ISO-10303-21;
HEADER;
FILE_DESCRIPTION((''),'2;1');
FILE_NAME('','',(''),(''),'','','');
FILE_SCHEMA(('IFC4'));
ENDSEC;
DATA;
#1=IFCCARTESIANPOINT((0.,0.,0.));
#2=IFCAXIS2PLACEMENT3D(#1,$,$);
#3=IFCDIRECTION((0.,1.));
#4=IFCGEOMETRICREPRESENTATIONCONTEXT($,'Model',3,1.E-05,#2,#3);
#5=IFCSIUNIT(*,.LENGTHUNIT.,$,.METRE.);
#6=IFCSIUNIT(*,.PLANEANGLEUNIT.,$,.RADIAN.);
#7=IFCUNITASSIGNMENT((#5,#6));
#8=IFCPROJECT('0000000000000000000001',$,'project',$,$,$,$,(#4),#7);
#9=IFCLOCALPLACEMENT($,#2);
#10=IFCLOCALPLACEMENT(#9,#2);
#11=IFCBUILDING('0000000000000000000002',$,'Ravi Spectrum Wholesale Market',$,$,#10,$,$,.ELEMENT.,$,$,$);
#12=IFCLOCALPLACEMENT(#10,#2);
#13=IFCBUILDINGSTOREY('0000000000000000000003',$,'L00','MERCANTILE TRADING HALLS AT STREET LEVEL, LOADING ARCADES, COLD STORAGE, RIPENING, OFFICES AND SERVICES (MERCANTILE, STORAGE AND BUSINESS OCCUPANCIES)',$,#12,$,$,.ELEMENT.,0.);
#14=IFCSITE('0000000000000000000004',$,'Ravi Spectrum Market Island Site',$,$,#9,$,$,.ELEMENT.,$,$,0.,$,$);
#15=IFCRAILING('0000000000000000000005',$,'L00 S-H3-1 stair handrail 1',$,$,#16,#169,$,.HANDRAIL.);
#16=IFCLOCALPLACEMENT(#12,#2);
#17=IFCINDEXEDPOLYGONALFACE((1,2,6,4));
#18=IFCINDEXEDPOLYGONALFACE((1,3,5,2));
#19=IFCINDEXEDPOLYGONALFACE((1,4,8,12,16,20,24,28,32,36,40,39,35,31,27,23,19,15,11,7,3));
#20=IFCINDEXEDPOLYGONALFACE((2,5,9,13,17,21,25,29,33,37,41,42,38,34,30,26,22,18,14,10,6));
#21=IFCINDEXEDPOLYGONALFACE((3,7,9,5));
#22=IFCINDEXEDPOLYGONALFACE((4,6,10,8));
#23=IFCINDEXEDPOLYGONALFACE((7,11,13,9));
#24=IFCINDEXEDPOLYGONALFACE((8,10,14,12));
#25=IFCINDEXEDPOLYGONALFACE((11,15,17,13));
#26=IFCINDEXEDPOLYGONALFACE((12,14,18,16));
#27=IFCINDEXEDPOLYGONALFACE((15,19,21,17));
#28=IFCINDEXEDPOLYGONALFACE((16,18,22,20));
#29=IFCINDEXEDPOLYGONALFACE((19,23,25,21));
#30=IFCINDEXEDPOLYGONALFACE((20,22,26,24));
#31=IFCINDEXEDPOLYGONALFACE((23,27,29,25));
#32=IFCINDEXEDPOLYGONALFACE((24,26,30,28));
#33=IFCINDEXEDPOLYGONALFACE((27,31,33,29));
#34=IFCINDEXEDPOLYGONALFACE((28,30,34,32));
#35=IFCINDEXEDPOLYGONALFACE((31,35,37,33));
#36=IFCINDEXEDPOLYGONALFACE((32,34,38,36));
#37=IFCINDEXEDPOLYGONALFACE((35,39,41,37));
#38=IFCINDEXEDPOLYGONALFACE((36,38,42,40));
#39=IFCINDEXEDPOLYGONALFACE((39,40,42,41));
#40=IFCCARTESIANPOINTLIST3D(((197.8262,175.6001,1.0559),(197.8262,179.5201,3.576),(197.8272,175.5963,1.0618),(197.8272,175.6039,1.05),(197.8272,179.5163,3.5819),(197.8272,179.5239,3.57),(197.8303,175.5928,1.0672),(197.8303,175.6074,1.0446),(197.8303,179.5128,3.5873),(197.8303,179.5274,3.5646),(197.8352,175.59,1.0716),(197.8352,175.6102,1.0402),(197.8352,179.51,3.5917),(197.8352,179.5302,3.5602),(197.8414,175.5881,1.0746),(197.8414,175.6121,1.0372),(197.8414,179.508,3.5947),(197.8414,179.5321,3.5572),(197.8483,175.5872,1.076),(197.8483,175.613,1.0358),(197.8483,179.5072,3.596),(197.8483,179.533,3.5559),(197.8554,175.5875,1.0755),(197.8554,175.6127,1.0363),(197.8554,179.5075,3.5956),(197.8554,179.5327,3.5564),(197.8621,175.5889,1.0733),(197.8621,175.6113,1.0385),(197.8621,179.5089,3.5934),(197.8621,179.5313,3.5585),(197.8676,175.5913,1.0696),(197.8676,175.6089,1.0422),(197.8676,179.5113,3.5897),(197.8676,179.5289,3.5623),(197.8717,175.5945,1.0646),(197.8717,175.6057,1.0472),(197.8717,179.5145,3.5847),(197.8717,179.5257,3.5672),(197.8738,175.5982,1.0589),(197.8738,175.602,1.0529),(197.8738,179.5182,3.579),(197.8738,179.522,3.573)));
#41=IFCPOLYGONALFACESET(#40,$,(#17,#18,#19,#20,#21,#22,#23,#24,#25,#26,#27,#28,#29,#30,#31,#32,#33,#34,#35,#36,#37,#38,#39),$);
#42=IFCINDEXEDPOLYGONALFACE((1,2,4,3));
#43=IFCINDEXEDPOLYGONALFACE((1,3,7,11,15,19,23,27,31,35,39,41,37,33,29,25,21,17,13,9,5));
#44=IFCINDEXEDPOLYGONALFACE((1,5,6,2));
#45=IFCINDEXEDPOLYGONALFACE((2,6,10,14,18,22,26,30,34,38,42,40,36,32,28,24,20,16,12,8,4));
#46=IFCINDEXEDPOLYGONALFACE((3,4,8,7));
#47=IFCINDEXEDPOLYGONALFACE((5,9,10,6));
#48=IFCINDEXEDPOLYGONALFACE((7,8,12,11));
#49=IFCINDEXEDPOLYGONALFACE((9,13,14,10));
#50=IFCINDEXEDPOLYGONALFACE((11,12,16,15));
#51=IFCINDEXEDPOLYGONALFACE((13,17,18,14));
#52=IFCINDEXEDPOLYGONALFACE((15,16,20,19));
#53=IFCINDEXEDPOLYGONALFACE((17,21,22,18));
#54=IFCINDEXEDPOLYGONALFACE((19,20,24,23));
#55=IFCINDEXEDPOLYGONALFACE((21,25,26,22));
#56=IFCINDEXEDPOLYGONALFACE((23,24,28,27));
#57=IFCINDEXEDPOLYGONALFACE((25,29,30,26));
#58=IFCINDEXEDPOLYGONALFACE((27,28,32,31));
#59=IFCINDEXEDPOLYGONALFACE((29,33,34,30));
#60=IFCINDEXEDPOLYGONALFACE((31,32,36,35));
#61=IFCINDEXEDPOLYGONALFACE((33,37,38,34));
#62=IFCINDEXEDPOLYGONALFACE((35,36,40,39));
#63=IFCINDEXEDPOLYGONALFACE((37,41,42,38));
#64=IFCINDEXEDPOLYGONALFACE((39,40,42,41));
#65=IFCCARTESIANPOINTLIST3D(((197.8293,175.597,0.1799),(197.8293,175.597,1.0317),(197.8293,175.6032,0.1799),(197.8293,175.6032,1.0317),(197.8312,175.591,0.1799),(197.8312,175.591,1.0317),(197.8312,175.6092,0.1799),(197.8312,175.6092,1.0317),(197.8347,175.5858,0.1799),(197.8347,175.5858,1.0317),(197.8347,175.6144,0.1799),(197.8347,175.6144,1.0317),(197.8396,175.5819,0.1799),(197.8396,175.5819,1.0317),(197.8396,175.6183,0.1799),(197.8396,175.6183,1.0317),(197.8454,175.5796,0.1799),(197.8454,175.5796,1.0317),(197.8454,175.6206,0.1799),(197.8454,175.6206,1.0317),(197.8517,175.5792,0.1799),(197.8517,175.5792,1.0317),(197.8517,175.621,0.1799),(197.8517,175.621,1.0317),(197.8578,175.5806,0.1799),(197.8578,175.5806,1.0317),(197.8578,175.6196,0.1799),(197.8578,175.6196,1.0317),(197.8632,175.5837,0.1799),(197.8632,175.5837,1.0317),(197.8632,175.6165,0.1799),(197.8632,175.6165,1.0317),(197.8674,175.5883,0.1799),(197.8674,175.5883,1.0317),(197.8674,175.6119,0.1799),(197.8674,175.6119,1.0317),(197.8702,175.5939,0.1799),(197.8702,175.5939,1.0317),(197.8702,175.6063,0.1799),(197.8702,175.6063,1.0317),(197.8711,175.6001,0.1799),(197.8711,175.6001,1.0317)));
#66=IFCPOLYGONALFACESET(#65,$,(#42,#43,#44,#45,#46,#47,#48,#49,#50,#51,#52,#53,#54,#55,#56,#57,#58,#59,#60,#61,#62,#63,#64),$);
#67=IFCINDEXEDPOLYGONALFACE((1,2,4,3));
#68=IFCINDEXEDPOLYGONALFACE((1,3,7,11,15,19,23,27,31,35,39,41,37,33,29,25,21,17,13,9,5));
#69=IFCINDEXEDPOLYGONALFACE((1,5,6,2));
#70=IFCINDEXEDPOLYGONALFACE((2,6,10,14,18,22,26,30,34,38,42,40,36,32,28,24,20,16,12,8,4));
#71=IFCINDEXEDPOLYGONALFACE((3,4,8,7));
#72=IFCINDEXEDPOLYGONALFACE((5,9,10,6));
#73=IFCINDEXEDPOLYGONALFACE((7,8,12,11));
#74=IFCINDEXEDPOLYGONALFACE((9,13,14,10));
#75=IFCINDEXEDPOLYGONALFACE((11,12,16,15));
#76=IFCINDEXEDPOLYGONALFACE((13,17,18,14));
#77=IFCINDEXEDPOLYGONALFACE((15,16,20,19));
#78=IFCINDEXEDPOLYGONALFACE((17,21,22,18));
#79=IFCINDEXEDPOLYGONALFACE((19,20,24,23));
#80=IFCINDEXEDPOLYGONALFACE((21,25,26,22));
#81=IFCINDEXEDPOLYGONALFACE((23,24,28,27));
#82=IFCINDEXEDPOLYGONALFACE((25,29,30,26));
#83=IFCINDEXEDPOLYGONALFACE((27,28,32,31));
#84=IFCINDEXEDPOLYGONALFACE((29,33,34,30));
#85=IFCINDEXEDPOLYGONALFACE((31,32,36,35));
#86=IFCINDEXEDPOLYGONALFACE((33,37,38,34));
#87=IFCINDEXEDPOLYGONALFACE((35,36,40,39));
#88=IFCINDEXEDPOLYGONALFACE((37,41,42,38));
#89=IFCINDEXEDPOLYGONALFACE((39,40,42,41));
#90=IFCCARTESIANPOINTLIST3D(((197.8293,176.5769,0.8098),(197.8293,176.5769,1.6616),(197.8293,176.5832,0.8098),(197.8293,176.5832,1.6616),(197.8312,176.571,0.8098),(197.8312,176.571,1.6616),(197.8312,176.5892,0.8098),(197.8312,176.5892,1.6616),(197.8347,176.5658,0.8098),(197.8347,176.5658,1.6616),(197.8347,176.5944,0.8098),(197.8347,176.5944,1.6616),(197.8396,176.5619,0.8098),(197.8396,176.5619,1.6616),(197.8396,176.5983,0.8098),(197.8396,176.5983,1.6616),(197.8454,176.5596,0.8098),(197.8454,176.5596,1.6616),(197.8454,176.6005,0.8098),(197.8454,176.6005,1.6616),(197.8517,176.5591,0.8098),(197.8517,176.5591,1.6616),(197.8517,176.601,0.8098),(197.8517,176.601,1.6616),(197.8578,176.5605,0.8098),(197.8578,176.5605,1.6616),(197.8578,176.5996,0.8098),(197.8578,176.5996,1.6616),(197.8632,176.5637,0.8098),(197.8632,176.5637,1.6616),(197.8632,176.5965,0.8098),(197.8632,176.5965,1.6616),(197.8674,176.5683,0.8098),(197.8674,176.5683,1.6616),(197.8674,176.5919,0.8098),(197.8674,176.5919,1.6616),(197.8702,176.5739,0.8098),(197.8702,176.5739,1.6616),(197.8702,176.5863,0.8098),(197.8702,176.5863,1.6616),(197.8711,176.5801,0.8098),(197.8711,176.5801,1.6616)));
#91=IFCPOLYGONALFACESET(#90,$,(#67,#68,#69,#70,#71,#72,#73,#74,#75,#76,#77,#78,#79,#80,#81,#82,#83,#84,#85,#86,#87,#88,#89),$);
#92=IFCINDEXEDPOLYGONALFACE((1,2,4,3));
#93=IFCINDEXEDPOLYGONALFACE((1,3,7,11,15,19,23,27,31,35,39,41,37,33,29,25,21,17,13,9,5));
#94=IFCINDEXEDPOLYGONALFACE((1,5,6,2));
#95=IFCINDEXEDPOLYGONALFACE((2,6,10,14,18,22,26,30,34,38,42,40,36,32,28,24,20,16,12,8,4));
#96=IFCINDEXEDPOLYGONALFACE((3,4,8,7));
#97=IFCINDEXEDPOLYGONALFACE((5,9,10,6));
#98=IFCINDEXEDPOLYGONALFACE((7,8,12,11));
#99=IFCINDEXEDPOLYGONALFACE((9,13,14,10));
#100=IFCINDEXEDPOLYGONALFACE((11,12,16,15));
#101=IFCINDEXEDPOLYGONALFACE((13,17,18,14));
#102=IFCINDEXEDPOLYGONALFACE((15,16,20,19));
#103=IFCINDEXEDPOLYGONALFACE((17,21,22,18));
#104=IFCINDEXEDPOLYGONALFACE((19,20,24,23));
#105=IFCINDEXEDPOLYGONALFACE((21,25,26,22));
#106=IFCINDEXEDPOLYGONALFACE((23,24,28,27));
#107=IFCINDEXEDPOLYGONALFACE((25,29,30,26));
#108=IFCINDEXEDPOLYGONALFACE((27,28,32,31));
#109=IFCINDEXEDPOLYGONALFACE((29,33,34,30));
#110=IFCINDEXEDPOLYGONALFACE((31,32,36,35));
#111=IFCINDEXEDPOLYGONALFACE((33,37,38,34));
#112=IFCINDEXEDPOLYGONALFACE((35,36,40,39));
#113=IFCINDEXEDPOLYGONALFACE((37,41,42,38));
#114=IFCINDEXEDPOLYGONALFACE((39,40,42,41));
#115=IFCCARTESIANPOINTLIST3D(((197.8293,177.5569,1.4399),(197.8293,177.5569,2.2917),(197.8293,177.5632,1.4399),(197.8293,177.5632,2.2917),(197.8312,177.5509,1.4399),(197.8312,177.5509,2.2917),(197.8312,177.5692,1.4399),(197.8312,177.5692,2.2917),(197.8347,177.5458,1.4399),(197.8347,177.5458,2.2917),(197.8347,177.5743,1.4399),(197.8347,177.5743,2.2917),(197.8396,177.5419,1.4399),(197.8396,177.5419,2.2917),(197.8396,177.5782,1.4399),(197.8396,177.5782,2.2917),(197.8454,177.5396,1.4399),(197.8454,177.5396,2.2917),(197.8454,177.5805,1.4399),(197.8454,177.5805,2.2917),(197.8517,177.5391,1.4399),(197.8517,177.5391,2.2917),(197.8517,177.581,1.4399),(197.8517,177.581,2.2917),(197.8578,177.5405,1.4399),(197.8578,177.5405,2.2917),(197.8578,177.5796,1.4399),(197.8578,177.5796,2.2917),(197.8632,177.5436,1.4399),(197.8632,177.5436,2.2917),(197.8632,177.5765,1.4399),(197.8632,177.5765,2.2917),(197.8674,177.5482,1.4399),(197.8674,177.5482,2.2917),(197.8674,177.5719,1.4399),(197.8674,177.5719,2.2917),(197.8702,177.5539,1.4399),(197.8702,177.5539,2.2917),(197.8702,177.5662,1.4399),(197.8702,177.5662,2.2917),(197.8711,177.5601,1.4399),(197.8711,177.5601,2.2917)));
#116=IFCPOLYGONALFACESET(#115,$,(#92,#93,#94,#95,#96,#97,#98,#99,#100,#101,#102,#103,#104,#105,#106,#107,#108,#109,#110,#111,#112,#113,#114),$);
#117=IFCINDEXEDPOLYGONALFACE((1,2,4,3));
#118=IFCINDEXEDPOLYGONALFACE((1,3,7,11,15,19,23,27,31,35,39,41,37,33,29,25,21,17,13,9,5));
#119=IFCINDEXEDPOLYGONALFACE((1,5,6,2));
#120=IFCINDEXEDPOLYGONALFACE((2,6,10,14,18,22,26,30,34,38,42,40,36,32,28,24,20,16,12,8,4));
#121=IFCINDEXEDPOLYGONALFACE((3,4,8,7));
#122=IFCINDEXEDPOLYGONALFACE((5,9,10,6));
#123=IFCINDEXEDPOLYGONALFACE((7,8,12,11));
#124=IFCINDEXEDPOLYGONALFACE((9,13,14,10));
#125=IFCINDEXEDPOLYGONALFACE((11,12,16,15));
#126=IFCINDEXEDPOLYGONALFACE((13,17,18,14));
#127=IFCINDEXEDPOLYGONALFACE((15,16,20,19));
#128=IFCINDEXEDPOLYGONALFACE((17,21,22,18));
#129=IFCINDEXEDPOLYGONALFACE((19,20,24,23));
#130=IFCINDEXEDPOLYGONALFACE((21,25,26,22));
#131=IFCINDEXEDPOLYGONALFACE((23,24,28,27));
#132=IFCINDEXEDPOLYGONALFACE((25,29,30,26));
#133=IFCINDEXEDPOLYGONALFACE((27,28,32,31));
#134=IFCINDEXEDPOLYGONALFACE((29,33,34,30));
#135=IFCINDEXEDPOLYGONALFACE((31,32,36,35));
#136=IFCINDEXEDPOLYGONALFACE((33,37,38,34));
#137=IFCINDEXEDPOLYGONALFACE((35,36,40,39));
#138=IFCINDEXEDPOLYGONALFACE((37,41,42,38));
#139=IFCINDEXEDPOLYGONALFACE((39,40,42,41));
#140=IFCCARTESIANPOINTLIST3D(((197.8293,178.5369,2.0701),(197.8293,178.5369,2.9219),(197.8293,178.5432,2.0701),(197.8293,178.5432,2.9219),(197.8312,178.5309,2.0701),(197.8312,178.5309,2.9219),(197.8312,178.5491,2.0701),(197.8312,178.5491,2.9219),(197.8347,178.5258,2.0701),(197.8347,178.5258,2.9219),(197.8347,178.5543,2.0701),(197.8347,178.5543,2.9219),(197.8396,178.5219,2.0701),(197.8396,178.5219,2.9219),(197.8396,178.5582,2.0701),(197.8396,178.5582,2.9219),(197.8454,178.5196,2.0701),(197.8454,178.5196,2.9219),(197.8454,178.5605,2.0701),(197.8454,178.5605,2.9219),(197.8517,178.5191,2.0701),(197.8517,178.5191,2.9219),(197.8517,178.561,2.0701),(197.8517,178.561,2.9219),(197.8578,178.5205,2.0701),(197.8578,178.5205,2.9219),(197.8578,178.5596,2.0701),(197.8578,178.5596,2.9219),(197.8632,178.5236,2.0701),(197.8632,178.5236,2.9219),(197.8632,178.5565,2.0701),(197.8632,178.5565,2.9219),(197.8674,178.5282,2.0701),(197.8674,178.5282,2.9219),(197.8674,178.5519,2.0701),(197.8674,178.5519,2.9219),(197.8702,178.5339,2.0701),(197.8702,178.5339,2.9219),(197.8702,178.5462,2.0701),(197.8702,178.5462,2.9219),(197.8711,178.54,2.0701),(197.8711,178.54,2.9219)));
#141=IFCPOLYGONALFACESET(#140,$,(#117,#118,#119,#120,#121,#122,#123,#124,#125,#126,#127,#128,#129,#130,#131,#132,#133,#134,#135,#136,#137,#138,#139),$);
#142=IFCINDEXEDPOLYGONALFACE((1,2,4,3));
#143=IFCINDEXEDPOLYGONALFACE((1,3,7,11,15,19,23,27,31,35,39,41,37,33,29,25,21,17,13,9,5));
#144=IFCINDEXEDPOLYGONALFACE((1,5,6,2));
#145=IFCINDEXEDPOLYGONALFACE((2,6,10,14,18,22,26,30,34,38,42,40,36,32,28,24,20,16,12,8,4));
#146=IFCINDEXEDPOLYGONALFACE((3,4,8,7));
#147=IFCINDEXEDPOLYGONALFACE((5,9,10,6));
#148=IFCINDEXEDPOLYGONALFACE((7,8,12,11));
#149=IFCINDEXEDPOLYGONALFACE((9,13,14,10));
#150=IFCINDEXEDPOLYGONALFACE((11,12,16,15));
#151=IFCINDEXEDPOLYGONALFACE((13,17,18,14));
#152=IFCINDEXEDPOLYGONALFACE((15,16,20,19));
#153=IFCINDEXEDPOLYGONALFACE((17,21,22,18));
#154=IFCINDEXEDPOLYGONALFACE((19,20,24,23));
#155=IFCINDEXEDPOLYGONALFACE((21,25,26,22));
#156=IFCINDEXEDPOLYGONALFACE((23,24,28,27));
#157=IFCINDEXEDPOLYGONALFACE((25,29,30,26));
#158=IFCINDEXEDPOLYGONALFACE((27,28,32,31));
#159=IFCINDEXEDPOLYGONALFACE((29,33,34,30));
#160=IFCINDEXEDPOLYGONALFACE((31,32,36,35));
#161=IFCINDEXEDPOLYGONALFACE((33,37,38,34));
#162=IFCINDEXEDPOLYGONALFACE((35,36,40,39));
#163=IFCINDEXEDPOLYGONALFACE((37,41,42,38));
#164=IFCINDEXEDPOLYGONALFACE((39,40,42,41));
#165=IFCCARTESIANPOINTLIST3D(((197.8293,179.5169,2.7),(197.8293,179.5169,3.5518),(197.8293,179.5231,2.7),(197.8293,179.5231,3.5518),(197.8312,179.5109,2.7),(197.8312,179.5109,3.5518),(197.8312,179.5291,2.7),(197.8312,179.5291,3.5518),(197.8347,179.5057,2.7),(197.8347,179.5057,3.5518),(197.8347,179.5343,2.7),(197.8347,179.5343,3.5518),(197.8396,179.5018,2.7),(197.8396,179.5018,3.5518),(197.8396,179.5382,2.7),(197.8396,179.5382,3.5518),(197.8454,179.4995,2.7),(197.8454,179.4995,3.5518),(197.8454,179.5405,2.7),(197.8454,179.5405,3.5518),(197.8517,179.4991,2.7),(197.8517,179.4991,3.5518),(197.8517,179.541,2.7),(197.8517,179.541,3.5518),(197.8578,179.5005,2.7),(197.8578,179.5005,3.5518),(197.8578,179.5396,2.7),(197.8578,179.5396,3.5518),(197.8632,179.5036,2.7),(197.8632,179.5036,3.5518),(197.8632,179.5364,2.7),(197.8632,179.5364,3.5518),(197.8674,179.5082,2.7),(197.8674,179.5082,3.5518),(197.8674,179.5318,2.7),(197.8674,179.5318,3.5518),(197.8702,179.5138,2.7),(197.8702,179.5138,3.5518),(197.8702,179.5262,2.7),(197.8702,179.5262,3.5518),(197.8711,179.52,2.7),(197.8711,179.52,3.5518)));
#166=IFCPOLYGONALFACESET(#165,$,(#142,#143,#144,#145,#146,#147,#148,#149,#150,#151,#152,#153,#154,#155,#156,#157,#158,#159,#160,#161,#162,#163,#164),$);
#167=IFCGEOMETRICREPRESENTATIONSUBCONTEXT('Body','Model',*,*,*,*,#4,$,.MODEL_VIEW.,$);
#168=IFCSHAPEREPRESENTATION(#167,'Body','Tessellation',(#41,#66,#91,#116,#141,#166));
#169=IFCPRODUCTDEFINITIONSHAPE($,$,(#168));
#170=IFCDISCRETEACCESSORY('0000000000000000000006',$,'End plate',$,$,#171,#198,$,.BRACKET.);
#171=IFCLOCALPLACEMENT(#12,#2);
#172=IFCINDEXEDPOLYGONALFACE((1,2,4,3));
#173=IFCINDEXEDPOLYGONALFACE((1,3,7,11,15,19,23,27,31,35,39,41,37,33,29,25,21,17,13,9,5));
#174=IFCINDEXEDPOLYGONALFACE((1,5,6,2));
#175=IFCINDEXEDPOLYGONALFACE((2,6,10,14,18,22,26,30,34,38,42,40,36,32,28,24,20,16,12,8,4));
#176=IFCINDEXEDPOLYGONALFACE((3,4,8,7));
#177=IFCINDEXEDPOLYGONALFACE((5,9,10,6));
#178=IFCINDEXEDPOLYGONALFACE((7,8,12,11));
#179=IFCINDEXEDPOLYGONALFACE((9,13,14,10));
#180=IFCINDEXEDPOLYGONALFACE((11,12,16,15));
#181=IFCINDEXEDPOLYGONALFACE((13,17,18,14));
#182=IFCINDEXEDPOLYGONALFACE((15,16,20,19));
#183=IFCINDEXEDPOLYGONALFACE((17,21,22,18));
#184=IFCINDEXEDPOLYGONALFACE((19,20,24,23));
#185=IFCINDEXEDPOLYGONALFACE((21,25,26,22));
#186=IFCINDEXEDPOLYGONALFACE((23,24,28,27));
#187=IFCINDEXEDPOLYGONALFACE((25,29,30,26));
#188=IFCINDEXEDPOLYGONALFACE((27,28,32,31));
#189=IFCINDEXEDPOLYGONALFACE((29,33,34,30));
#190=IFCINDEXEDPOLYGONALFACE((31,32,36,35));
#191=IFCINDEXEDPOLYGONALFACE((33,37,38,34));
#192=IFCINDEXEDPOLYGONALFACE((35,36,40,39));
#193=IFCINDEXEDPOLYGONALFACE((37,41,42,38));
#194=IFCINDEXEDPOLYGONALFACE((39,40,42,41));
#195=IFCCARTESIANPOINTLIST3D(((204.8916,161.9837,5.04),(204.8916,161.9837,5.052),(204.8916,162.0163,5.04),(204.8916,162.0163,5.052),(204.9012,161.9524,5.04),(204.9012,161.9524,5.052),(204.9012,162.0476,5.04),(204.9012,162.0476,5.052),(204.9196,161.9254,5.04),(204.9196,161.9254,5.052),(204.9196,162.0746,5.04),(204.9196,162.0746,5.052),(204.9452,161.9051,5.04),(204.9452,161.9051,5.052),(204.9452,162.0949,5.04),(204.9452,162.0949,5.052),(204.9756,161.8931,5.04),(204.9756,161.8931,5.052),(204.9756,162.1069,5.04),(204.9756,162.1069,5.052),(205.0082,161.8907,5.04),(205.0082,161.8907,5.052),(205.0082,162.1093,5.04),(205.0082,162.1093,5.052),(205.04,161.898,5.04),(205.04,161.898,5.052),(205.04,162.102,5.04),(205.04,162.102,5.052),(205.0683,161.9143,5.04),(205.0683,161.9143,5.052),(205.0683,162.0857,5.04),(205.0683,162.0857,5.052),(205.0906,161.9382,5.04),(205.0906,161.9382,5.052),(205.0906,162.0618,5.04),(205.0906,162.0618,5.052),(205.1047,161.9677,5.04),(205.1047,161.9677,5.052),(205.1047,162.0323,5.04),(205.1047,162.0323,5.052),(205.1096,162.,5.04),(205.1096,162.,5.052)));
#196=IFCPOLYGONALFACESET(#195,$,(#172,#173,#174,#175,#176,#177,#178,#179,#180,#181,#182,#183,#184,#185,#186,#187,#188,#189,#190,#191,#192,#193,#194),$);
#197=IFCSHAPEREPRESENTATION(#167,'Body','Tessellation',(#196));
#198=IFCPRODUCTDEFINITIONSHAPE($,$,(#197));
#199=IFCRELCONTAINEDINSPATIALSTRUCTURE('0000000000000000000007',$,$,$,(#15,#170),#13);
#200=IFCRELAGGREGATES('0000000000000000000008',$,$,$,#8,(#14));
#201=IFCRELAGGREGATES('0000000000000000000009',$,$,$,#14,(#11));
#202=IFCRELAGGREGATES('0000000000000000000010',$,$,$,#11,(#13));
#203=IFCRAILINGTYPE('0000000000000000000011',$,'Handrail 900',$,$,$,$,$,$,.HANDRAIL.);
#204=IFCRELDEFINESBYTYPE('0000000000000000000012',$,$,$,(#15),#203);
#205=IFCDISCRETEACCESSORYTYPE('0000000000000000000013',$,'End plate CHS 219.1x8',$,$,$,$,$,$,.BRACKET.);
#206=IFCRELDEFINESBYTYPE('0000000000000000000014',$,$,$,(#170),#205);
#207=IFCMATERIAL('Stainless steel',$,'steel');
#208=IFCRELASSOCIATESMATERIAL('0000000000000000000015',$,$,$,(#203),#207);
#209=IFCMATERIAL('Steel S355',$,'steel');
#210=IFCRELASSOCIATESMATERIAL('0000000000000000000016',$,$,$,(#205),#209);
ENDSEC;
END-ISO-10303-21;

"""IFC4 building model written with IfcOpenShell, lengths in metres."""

from ifc_helpers import new_model, si_unit, direction, frame, origin, origin_2d, place, context, subcontext, project, spatial, circle, extrude, material, material_profile, profile_set, type_object, element, save


model = new_model("IFC4")

# Units and contexts
model_context = context("Model", 3, precision=1e-05, world=origin(), true_north=direction((0.0, 1.0)))
body_context = subcontext(model_context, "Body", "Model", "MODEL_VIEW")
ifc_project = project(units=[si_unit("LENGTHUNIT", "METRE"), si_unit("PLANEANGLEUNIT", "RADIAN")], contexts=[model_context])

# Site, building, storey
site_placement = place(None, origin())
site = spatial("IfcSite", under=ifc_project, at=site_placement, Name="Ravi Spectrum Market Island Site", CompositionType="ELEMENT", RefElevation=0.0)
building_placement = place(site_placement, origin())
building = spatial("IfcBuilding", under=site, at=building_placement, Name="Ravi Spectrum Wholesale Market", CompositionType="ELEMENT")
storey_placement = place(building_placement, origin())
storey = spatial("IfcBuildingStorey", under=building, at=storey_placement, Name="L00", Description="MERCANTILE TRADING HALLS AT STREET LEVEL, LOADING ARCADES, COLD STORAGE, RIPENING, OFFICES AND SERVICES (MERCANTILE, STORAGE AND BUSINESS OCCUPANCIES)", CompositionType="ELEMENT", Elevation=0.0)

# Railing
ifc_material_1 = material(Name="Stainless steel", Category="steel")
railing_type_1 = type_object("IfcRailingType", Name="Handrail 900", PredefinedType="HANDRAIL", material=ifc_material_1)
railing_1_placement = place(storey_placement, frame((197.8501, 175.6001, 0.1799)))
element("IfcRailing", 1, at=railing_1_placement, inside=storey, type_object=railing_type_1, Name="L00 S-H3-1 stair handrail 1", PredefinedType="HANDRAIL", context=body_context, shape_type="SweptSolid", body=[
    extrude(circle(Radius=0.0239, at=origin_2d()), frame((0.0, 0.0, 0.876), z_axis=(0.0, 0.841172, 0.540768), x_axis=(-1.0, 0.0, 0.0)), (0.0, 0.0, 1.0), 4.6602),
    extrude(circle(Radius=0.021, at=origin_2d()), origin(), (0.0, 0.0, 1.0), 0.8518),
    extrude(circle(Radius=0.021, at=origin_2d()), frame((0.0, 0.98, 0.6299)), (0.0, 0.0, 1.0), 0.8518),
    extrude(circle(Radius=0.021, at=origin_2d()), frame((0.0, 1.96, 1.26)), (0.0, 0.0, 1.0), 0.8518),
    extrude(circle(Radius=0.021, at=origin_2d()), frame((0.0, 2.9399, 1.8901)), (0.0, 0.0, 1.0), 0.8518),
    extrude(circle(Radius=0.021, at=origin_2d()), frame((0.0, 3.9199, 2.52)), (0.0, 0.0, 1.0), 0.8518),
])

# Discrete accessory
ifc_material_2 = material(Name="Steel S355", Category="steel")
ifc_material_profile_1 = material_profile(ifc_material_2, circle(Radius=0.1096, at=origin_2d()))
ifc_profile_set_1 = profile_set([ifc_material_profile_1], Name="Steel S355")
discrete_accessory_type_1 = type_object("IfcDiscreteAccessoryType", Name="End plate CHS 219.1x8", PredefinedType="BRACKET", material=ifc_profile_set_1)
for number, where, z_axis, x_axis, name in (
    (2, (205.0, 162.0, 5.04), (0.0, 0.0, 1.0), (1.0, 0.0, 0.0), "End plate"),
):
    element("IfcDiscreteAccessory", number, at=place(storey_placement, frame(where, z_axis=z_axis, x_axis=x_axis)), inside=storey, type_object=discrete_accessory_type_1, Name=name, PredefinedType="BRACKET", context=body_context, shape_type="SweptSolid", body=[
        extrude(circle(Radius=0.1096, at=origin_2d()), origin(), (0.0, 0.0, 1.0), 0.012),
    ])

save(model, "model.ifc")
